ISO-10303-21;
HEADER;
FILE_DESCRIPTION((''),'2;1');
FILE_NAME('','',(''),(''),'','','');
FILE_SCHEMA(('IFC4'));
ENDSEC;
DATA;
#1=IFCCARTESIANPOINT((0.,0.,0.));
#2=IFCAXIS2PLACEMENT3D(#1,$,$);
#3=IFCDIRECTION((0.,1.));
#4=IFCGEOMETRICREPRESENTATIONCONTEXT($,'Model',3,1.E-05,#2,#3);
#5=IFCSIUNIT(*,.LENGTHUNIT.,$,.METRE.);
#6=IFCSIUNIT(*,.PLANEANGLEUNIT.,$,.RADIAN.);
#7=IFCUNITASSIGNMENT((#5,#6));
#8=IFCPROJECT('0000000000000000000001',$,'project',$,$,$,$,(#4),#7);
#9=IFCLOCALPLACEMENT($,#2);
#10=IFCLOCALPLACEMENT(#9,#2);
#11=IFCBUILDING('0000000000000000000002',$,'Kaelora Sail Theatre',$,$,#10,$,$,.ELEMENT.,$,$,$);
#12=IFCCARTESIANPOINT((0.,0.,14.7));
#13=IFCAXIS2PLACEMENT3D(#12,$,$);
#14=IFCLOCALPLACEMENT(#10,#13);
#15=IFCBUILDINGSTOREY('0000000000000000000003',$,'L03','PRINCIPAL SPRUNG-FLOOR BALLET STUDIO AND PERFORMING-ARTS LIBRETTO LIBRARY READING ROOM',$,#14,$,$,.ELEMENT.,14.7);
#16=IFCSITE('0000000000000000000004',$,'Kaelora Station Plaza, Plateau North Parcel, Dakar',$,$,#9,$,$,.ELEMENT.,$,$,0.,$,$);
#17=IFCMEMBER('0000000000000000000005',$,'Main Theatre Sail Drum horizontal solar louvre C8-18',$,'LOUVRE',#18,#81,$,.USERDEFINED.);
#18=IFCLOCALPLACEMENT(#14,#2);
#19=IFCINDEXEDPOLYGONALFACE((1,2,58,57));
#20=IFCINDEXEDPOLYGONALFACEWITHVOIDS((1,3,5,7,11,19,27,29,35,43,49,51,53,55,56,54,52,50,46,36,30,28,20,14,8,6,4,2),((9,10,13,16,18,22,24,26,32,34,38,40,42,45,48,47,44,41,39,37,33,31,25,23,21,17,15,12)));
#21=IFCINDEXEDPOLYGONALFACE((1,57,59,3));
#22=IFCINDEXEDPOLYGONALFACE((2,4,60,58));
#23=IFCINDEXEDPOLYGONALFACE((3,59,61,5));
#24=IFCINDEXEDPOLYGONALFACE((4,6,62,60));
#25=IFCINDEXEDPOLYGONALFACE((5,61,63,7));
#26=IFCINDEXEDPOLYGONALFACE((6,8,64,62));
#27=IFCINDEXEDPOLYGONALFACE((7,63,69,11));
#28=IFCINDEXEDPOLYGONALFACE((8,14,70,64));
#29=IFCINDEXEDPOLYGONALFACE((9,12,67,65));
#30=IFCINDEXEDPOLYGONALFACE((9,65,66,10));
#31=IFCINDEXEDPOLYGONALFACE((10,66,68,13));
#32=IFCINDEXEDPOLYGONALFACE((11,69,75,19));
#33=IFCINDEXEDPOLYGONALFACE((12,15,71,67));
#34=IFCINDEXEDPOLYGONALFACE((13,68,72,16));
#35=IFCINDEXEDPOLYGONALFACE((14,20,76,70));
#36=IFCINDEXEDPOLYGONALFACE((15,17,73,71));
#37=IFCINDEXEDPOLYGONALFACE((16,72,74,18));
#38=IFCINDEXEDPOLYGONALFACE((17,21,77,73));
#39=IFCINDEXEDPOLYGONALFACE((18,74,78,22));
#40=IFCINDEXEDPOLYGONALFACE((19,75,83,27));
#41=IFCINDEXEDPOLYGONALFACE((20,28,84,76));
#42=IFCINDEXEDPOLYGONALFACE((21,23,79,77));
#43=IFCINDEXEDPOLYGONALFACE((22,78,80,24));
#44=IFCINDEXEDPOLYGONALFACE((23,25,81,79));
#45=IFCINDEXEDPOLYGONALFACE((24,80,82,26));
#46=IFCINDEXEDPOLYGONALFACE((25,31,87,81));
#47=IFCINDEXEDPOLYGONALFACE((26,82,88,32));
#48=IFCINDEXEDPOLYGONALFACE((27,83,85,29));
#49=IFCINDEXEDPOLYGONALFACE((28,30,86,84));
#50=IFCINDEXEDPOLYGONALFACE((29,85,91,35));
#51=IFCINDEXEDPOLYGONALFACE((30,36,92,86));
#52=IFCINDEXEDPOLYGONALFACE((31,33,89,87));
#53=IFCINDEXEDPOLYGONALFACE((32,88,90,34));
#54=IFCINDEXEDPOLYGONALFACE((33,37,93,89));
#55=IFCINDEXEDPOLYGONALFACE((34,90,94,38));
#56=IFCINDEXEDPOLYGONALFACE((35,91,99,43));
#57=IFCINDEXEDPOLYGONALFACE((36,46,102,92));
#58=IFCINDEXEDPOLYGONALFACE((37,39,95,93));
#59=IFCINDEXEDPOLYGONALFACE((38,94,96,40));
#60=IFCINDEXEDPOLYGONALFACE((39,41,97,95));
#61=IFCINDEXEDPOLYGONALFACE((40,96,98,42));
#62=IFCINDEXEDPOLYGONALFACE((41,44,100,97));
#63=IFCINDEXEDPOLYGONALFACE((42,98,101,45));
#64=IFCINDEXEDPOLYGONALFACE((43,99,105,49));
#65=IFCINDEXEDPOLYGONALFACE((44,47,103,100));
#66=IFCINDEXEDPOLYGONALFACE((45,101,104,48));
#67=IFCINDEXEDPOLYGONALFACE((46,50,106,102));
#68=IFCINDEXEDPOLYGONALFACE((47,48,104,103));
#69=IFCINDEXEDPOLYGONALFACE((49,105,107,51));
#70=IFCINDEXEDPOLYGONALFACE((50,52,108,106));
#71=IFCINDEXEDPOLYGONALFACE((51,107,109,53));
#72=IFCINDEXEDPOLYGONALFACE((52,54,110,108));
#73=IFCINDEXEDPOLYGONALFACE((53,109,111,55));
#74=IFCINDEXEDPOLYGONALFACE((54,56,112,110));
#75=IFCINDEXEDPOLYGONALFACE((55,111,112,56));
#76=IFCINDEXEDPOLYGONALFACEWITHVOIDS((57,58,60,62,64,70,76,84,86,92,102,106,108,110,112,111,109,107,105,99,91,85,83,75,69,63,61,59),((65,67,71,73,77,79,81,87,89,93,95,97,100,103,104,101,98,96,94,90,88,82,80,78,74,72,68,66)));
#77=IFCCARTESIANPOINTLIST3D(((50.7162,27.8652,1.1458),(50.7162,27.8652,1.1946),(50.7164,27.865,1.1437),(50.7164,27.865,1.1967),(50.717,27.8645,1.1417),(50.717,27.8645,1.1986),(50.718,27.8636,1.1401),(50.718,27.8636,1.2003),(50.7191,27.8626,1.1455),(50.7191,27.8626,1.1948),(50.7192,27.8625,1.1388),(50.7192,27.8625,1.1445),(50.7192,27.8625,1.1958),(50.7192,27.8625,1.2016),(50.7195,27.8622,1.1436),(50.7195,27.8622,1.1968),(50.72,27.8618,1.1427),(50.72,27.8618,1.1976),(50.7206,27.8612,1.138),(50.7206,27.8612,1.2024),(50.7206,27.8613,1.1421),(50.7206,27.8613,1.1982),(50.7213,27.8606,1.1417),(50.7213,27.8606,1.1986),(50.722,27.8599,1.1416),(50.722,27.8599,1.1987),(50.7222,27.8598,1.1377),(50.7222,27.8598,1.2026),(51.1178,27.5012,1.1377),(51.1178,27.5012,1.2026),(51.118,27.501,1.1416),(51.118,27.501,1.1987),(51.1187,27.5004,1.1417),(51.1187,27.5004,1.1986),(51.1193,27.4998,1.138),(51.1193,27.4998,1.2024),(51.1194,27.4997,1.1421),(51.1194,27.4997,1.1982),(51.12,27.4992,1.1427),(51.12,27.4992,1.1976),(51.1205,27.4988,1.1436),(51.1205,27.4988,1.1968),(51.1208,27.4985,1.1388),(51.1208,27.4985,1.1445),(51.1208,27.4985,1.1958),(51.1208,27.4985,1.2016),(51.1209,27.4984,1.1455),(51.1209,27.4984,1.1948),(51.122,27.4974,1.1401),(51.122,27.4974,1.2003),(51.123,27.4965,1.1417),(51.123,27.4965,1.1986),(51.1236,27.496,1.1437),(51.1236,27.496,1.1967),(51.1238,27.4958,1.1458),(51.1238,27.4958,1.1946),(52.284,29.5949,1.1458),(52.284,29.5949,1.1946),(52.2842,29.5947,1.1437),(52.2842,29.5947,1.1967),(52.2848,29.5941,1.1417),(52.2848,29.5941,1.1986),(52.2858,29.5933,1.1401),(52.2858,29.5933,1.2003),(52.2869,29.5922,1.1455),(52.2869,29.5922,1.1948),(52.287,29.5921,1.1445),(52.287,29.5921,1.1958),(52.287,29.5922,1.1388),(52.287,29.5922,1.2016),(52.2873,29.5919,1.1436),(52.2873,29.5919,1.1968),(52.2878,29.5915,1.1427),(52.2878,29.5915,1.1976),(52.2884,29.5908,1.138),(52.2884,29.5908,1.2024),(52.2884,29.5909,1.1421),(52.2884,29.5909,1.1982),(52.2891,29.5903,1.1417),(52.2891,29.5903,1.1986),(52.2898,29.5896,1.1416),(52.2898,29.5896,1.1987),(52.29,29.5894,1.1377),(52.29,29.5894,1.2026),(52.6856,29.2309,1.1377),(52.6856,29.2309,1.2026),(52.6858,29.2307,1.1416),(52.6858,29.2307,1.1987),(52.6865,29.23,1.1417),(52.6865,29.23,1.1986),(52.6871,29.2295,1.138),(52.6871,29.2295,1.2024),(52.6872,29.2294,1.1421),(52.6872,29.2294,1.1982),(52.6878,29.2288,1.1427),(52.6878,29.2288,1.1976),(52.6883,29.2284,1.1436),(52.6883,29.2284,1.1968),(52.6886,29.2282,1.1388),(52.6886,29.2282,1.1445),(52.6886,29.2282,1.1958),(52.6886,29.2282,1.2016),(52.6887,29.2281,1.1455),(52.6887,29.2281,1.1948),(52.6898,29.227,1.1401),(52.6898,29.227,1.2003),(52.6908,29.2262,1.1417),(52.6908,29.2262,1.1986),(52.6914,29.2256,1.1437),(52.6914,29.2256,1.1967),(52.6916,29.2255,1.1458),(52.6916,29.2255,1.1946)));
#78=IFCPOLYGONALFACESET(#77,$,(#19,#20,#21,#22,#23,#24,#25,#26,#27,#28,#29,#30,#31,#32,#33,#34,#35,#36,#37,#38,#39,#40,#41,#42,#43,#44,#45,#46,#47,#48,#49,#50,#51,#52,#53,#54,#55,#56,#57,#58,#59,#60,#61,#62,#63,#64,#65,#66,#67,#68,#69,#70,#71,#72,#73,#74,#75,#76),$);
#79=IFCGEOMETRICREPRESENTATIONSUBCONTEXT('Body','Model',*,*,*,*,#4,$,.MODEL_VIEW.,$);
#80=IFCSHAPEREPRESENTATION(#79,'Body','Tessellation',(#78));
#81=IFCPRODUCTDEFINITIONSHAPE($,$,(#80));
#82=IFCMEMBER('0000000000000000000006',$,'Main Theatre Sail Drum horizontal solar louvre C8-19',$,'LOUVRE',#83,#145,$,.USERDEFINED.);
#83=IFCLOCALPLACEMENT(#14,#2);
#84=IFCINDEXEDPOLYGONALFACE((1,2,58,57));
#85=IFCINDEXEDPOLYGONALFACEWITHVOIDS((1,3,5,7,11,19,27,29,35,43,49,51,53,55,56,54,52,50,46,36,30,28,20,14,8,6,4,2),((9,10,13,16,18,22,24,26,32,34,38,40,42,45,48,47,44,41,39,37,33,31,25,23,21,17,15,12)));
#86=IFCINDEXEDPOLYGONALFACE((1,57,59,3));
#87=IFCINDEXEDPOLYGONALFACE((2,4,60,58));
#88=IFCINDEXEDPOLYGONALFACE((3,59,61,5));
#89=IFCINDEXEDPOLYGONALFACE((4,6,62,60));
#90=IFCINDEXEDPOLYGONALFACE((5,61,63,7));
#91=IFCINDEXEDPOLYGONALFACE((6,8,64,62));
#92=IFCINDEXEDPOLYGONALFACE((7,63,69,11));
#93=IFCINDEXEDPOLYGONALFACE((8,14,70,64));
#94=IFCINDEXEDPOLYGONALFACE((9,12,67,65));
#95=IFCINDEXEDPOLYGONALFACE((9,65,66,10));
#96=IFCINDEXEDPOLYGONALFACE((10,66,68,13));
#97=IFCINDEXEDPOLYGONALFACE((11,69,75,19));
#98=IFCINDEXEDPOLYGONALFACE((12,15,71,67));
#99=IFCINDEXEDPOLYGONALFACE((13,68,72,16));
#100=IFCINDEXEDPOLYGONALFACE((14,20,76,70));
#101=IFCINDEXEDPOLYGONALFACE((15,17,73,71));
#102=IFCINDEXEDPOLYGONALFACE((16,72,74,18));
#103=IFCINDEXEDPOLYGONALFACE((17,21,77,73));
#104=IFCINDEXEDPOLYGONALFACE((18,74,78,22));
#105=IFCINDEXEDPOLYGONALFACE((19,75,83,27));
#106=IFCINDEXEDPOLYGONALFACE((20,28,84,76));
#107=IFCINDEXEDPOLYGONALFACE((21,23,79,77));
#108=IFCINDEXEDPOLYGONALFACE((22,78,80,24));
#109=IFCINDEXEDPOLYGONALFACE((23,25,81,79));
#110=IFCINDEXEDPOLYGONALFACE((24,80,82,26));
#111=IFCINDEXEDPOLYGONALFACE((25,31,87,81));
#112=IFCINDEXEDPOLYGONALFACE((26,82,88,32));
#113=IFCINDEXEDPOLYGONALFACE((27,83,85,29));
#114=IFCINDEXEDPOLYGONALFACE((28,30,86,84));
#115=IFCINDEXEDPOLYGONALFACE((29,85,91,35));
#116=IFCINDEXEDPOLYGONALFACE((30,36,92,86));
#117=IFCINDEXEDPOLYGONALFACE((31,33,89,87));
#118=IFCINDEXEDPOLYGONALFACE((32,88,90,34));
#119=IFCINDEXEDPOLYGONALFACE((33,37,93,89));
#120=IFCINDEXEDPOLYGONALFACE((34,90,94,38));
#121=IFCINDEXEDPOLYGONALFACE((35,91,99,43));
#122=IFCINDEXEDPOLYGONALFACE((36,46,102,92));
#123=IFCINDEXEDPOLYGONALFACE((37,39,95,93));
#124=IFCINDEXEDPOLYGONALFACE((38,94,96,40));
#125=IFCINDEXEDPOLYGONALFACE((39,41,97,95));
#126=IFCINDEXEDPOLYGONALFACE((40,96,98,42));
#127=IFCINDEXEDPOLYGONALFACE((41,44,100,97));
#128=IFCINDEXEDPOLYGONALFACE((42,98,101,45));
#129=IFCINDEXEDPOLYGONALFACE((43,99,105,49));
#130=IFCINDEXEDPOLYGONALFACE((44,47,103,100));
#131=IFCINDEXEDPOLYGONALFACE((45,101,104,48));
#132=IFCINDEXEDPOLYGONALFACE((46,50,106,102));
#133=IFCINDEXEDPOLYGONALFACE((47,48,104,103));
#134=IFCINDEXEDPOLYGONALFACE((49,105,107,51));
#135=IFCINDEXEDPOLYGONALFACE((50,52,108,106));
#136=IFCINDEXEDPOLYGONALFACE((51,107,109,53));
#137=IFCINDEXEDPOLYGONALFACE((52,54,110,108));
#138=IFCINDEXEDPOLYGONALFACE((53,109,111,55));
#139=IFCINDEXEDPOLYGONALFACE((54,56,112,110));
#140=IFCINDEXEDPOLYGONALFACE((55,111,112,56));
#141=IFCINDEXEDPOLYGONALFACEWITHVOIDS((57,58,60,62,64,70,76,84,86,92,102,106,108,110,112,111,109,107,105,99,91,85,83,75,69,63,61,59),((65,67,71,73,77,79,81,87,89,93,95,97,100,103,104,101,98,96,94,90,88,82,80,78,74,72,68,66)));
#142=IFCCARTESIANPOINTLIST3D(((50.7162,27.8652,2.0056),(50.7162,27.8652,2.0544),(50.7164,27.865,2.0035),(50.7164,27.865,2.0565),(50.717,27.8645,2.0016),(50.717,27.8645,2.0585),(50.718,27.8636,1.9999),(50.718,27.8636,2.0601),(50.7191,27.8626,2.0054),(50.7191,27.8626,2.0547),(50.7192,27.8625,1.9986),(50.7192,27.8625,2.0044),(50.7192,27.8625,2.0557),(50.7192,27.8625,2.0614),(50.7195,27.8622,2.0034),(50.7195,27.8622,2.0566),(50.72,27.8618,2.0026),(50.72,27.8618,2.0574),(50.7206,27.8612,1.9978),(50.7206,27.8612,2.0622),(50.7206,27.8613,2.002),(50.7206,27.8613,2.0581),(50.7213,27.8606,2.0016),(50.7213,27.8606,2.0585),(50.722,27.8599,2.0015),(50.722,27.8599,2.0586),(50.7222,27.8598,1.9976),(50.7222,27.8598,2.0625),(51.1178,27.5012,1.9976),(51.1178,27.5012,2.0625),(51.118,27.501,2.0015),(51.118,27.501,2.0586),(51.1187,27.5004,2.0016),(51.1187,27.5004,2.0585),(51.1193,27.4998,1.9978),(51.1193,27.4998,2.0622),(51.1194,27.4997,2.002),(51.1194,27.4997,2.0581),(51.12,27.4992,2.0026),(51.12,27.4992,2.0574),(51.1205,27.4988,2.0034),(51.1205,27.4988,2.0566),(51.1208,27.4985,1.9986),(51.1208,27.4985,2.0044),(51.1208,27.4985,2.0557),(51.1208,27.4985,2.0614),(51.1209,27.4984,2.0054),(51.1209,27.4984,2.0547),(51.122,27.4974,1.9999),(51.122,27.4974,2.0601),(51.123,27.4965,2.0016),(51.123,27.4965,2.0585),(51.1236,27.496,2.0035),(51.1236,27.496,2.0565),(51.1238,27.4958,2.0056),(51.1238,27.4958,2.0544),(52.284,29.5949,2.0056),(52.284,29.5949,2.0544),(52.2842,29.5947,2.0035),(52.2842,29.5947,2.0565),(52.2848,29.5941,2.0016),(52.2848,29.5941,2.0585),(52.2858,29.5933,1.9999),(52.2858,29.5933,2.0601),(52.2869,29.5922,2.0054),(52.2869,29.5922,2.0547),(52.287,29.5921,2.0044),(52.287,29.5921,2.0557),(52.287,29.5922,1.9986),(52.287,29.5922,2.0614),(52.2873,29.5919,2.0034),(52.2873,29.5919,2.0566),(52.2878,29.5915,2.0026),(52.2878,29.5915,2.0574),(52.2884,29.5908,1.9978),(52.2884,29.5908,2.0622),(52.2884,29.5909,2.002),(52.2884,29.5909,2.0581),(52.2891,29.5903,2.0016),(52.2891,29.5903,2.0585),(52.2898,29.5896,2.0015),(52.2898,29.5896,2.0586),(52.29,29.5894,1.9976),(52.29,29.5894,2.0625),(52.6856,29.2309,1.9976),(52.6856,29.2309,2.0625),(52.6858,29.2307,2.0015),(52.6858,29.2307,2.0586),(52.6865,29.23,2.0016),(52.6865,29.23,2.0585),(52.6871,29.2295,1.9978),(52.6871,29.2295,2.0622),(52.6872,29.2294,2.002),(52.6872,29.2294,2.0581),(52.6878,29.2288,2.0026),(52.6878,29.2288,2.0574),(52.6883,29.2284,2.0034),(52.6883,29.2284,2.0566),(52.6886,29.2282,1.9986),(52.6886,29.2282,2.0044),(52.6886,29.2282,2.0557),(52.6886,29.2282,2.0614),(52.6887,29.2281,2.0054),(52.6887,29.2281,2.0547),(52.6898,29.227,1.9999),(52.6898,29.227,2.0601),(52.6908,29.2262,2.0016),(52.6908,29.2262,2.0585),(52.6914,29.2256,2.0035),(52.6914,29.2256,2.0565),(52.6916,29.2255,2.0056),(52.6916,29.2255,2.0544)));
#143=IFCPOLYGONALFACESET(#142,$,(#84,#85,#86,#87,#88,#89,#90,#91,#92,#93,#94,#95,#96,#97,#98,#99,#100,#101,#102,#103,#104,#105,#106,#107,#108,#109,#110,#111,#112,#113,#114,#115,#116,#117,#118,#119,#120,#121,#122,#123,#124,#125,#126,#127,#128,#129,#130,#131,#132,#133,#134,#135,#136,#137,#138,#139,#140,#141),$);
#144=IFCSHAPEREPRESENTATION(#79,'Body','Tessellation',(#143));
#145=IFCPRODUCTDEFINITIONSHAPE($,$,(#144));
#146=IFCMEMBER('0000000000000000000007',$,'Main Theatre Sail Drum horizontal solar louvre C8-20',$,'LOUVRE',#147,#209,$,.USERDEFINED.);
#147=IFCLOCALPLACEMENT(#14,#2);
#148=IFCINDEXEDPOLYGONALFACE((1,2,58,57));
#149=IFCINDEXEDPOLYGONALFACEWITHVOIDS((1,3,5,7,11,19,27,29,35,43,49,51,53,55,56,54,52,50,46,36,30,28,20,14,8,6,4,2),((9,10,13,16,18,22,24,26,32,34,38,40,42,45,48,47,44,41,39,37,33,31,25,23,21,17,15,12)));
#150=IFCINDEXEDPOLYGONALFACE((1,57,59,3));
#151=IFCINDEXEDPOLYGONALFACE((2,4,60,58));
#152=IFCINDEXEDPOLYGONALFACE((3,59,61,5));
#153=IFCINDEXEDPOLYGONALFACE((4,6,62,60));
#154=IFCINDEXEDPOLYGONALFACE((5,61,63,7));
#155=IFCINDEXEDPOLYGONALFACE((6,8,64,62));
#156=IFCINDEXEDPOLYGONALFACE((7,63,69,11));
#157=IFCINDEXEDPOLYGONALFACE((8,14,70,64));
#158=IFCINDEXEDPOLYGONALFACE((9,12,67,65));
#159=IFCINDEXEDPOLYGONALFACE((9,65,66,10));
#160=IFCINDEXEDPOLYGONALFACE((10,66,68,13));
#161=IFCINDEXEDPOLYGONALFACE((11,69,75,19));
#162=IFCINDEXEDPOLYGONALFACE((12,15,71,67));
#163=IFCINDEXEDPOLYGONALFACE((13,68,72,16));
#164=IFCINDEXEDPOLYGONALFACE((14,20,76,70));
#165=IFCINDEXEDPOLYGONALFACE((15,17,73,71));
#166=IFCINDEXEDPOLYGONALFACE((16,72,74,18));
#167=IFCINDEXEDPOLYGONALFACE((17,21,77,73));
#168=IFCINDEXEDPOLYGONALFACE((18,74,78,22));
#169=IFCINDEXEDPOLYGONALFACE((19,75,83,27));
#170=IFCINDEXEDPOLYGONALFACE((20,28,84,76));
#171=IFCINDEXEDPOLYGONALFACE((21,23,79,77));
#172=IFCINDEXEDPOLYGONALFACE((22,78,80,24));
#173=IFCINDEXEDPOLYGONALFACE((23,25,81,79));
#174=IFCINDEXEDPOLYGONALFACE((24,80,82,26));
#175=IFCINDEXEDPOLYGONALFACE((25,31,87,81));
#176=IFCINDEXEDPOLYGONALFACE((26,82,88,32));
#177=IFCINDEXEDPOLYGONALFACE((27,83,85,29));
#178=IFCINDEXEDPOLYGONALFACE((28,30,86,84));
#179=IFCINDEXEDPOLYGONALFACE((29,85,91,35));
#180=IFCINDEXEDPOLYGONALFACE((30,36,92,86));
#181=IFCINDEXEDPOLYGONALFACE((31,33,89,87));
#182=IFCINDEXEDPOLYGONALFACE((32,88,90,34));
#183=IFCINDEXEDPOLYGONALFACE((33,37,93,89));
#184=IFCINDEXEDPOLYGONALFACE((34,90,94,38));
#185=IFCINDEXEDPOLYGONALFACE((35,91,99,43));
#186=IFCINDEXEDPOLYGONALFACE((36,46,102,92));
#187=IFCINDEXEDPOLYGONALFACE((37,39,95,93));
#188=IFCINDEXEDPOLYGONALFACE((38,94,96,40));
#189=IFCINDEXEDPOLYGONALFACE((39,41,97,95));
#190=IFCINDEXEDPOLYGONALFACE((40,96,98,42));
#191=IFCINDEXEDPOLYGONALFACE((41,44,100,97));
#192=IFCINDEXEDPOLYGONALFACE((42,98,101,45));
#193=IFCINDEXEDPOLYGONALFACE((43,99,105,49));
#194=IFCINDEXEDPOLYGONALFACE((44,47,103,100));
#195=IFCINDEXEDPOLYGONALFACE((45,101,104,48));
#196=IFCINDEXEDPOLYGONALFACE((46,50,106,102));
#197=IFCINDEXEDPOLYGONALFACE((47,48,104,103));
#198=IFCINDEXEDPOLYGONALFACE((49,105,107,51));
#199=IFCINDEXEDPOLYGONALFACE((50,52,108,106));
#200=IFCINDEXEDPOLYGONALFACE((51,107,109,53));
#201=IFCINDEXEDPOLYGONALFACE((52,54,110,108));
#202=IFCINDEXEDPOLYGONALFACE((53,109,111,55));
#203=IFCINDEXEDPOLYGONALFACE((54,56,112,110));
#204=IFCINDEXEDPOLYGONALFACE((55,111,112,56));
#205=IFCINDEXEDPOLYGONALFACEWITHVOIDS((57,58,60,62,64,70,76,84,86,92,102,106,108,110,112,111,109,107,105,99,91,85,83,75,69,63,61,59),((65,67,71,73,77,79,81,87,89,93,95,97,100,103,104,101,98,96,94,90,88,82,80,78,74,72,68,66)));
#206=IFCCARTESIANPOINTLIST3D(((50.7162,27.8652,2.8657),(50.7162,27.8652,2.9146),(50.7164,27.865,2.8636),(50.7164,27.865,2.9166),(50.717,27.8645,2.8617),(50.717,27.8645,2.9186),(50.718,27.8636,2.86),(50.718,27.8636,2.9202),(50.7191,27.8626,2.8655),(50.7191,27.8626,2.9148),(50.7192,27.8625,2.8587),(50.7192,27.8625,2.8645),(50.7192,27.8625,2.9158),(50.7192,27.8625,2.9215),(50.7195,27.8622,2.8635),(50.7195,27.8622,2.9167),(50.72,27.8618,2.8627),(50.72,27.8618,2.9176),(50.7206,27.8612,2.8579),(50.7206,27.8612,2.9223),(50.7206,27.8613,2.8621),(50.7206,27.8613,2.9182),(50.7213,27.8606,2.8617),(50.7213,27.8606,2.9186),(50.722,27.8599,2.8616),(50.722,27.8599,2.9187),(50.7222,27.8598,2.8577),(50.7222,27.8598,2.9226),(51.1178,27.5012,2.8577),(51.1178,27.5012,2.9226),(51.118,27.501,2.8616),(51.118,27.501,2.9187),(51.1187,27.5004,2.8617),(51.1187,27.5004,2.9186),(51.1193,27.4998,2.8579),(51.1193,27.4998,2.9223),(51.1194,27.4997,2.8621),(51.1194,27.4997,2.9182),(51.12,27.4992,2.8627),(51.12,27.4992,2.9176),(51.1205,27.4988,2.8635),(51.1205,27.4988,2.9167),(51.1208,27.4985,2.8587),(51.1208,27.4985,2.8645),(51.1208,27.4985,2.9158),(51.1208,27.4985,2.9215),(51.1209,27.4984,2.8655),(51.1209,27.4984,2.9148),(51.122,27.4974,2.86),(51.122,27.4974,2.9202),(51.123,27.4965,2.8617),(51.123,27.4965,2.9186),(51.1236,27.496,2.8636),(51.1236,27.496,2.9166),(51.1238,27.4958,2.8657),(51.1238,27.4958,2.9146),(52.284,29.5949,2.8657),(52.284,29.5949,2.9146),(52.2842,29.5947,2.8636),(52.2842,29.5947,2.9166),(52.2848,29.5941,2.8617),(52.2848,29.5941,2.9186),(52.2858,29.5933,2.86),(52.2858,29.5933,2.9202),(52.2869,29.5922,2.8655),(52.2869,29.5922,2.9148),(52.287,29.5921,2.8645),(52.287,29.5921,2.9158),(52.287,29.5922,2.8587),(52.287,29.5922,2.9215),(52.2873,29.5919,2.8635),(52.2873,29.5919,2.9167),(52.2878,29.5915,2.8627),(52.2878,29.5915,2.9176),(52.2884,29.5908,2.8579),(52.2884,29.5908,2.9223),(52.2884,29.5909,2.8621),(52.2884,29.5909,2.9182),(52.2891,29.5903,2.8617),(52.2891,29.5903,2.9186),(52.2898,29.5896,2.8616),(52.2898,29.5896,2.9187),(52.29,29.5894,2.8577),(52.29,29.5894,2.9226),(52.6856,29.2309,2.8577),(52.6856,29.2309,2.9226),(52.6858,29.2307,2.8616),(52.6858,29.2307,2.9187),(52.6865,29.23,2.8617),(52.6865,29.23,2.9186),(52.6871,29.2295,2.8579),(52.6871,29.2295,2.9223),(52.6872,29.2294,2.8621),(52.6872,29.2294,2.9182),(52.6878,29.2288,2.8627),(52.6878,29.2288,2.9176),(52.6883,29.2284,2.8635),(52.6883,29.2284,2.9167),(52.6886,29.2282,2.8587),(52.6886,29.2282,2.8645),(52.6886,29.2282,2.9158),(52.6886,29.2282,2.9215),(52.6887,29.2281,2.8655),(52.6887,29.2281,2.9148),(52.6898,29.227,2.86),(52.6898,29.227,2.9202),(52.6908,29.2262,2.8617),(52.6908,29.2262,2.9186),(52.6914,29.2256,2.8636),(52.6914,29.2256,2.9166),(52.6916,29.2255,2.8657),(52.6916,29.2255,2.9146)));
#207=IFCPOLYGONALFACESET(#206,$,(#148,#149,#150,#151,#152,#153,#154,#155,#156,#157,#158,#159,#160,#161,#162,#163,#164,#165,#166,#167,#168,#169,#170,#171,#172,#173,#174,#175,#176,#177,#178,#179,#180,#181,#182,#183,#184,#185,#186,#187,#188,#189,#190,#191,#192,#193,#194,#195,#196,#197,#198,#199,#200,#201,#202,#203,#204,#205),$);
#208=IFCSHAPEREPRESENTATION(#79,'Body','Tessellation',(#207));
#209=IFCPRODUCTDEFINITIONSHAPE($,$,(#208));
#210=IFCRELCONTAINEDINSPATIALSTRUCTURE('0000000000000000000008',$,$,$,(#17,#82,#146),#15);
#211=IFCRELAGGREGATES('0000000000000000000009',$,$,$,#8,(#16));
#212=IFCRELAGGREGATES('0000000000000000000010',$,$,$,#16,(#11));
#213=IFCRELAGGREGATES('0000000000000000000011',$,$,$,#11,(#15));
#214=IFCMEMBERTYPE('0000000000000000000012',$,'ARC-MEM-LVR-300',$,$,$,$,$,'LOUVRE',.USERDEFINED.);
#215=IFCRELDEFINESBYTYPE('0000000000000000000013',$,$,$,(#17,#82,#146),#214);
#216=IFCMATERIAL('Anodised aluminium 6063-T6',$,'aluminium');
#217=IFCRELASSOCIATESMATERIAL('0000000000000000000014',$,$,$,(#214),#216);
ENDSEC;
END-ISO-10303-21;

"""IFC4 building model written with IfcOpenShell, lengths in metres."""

from ifc_helpers import new_model, si_unit, direction, frame, origin, origin_2d, place, context, subcontext, project, spatial, hollow_rectangle, extrude, material, material_profile, profile_set, type_object, element, save


model = new_model("IFC4")

# Units and contexts
model_context = context("Model", 3, precision=1e-05, world=origin(), true_north=direction((0.0, 1.0)))
body_context = subcontext(model_context, "Body", "Model", "MODEL_VIEW")
ifc_project = project(units=[si_unit("LENGTHUNIT", "METRE"), si_unit("PLANEANGLEUNIT", "RADIAN")], contexts=[model_context])

# Site, building, storey
site_placement = place(None, origin())
site = spatial("IfcSite", under=ifc_project, at=site_placement, Name="Kaelora Station Plaza, Plateau North Parcel, Dakar", CompositionType="ELEMENT", RefElevation=0.0)
building_placement = place(site_placement, origin())
building = spatial("IfcBuilding", under=site, at=building_placement, Name="Kaelora Sail Theatre", CompositionType="ELEMENT")
storey_placement = place(building_placement, frame((0.0, 0.0, 14.7)))
storey = spatial("IfcBuildingStorey", under=building, at=storey_placement, Name="L03", Description="PRINCIPAL SPRUNG-FLOOR BALLET STUDIO AND PERFORMING-ARTS LIBRETTO LIBRARY READING ROOM", CompositionType="ELEMENT", Elevation=14.7)

# Members
ifc_material_1 = material(Name="Anodised aluminium 6063-T6", Category="aluminium")
ifc_material_profile_1 = material_profile(ifc_material_1, hollow_rectangle(XDim=0.55, YDim=0.0649, WallThickness=0.0039, InnerFilletRadius=0.0039, OuterFilletRadius=0.0081, at=origin_2d()), Name="LOUVRE 550x65x4")
ifc_profile_set_1 = profile_set([ifc_material_profile_1], Name="Anodised aluminium 6063-T6")
member_type = type_object("IfcMemberType", Name="ARC-MEM-LVR-300", ElementType="LOUVRE", PredefinedType="USERDEFINED", material=ifc_profile_set_1)
for number, where, z_axis, x_axis, name in (
    (1, (52.4878, 29.4102, 1.1702), (-0.671589, -0.740924, 0.0), (0.740924, -0.671589, 0.0), "Main Theatre Sail Drum horizontal solar louvre C8-18"),
    (2, (52.4878, 29.4102, 2.03), (-0.671589, -0.740924, 0.0), (0.740924, -0.671589, 0.0), "Main Theatre Sail Drum horizontal solar louvre C8-19"),
    (3, (52.4878, 29.4102, 2.8901), (-0.671589, -0.740924, 0.0), (0.740924, -0.671589, 0.0), "Main Theatre Sail Drum horizontal solar louvre C8-20"),
):
    element("IfcMember", number, at=place(storey_placement, frame(where, z_axis=z_axis, x_axis=x_axis)), inside=storey, type_object=member_type, Name=name, ObjectType="LOUVRE", PredefinedType="USERDEFINED", context=body_context, shape_type="SweptSolid", body=[
        extrude(hollow_rectangle(XDim=0.55, YDim=0.0649, WallThickness=0.0039, InnerFilletRadius=0.0039, OuterFilletRadius=0.0081, at=origin_2d()), origin(), (0.0, 0.0, 1.0), 2.3345),
    ])

save(model, "model.ifc")
